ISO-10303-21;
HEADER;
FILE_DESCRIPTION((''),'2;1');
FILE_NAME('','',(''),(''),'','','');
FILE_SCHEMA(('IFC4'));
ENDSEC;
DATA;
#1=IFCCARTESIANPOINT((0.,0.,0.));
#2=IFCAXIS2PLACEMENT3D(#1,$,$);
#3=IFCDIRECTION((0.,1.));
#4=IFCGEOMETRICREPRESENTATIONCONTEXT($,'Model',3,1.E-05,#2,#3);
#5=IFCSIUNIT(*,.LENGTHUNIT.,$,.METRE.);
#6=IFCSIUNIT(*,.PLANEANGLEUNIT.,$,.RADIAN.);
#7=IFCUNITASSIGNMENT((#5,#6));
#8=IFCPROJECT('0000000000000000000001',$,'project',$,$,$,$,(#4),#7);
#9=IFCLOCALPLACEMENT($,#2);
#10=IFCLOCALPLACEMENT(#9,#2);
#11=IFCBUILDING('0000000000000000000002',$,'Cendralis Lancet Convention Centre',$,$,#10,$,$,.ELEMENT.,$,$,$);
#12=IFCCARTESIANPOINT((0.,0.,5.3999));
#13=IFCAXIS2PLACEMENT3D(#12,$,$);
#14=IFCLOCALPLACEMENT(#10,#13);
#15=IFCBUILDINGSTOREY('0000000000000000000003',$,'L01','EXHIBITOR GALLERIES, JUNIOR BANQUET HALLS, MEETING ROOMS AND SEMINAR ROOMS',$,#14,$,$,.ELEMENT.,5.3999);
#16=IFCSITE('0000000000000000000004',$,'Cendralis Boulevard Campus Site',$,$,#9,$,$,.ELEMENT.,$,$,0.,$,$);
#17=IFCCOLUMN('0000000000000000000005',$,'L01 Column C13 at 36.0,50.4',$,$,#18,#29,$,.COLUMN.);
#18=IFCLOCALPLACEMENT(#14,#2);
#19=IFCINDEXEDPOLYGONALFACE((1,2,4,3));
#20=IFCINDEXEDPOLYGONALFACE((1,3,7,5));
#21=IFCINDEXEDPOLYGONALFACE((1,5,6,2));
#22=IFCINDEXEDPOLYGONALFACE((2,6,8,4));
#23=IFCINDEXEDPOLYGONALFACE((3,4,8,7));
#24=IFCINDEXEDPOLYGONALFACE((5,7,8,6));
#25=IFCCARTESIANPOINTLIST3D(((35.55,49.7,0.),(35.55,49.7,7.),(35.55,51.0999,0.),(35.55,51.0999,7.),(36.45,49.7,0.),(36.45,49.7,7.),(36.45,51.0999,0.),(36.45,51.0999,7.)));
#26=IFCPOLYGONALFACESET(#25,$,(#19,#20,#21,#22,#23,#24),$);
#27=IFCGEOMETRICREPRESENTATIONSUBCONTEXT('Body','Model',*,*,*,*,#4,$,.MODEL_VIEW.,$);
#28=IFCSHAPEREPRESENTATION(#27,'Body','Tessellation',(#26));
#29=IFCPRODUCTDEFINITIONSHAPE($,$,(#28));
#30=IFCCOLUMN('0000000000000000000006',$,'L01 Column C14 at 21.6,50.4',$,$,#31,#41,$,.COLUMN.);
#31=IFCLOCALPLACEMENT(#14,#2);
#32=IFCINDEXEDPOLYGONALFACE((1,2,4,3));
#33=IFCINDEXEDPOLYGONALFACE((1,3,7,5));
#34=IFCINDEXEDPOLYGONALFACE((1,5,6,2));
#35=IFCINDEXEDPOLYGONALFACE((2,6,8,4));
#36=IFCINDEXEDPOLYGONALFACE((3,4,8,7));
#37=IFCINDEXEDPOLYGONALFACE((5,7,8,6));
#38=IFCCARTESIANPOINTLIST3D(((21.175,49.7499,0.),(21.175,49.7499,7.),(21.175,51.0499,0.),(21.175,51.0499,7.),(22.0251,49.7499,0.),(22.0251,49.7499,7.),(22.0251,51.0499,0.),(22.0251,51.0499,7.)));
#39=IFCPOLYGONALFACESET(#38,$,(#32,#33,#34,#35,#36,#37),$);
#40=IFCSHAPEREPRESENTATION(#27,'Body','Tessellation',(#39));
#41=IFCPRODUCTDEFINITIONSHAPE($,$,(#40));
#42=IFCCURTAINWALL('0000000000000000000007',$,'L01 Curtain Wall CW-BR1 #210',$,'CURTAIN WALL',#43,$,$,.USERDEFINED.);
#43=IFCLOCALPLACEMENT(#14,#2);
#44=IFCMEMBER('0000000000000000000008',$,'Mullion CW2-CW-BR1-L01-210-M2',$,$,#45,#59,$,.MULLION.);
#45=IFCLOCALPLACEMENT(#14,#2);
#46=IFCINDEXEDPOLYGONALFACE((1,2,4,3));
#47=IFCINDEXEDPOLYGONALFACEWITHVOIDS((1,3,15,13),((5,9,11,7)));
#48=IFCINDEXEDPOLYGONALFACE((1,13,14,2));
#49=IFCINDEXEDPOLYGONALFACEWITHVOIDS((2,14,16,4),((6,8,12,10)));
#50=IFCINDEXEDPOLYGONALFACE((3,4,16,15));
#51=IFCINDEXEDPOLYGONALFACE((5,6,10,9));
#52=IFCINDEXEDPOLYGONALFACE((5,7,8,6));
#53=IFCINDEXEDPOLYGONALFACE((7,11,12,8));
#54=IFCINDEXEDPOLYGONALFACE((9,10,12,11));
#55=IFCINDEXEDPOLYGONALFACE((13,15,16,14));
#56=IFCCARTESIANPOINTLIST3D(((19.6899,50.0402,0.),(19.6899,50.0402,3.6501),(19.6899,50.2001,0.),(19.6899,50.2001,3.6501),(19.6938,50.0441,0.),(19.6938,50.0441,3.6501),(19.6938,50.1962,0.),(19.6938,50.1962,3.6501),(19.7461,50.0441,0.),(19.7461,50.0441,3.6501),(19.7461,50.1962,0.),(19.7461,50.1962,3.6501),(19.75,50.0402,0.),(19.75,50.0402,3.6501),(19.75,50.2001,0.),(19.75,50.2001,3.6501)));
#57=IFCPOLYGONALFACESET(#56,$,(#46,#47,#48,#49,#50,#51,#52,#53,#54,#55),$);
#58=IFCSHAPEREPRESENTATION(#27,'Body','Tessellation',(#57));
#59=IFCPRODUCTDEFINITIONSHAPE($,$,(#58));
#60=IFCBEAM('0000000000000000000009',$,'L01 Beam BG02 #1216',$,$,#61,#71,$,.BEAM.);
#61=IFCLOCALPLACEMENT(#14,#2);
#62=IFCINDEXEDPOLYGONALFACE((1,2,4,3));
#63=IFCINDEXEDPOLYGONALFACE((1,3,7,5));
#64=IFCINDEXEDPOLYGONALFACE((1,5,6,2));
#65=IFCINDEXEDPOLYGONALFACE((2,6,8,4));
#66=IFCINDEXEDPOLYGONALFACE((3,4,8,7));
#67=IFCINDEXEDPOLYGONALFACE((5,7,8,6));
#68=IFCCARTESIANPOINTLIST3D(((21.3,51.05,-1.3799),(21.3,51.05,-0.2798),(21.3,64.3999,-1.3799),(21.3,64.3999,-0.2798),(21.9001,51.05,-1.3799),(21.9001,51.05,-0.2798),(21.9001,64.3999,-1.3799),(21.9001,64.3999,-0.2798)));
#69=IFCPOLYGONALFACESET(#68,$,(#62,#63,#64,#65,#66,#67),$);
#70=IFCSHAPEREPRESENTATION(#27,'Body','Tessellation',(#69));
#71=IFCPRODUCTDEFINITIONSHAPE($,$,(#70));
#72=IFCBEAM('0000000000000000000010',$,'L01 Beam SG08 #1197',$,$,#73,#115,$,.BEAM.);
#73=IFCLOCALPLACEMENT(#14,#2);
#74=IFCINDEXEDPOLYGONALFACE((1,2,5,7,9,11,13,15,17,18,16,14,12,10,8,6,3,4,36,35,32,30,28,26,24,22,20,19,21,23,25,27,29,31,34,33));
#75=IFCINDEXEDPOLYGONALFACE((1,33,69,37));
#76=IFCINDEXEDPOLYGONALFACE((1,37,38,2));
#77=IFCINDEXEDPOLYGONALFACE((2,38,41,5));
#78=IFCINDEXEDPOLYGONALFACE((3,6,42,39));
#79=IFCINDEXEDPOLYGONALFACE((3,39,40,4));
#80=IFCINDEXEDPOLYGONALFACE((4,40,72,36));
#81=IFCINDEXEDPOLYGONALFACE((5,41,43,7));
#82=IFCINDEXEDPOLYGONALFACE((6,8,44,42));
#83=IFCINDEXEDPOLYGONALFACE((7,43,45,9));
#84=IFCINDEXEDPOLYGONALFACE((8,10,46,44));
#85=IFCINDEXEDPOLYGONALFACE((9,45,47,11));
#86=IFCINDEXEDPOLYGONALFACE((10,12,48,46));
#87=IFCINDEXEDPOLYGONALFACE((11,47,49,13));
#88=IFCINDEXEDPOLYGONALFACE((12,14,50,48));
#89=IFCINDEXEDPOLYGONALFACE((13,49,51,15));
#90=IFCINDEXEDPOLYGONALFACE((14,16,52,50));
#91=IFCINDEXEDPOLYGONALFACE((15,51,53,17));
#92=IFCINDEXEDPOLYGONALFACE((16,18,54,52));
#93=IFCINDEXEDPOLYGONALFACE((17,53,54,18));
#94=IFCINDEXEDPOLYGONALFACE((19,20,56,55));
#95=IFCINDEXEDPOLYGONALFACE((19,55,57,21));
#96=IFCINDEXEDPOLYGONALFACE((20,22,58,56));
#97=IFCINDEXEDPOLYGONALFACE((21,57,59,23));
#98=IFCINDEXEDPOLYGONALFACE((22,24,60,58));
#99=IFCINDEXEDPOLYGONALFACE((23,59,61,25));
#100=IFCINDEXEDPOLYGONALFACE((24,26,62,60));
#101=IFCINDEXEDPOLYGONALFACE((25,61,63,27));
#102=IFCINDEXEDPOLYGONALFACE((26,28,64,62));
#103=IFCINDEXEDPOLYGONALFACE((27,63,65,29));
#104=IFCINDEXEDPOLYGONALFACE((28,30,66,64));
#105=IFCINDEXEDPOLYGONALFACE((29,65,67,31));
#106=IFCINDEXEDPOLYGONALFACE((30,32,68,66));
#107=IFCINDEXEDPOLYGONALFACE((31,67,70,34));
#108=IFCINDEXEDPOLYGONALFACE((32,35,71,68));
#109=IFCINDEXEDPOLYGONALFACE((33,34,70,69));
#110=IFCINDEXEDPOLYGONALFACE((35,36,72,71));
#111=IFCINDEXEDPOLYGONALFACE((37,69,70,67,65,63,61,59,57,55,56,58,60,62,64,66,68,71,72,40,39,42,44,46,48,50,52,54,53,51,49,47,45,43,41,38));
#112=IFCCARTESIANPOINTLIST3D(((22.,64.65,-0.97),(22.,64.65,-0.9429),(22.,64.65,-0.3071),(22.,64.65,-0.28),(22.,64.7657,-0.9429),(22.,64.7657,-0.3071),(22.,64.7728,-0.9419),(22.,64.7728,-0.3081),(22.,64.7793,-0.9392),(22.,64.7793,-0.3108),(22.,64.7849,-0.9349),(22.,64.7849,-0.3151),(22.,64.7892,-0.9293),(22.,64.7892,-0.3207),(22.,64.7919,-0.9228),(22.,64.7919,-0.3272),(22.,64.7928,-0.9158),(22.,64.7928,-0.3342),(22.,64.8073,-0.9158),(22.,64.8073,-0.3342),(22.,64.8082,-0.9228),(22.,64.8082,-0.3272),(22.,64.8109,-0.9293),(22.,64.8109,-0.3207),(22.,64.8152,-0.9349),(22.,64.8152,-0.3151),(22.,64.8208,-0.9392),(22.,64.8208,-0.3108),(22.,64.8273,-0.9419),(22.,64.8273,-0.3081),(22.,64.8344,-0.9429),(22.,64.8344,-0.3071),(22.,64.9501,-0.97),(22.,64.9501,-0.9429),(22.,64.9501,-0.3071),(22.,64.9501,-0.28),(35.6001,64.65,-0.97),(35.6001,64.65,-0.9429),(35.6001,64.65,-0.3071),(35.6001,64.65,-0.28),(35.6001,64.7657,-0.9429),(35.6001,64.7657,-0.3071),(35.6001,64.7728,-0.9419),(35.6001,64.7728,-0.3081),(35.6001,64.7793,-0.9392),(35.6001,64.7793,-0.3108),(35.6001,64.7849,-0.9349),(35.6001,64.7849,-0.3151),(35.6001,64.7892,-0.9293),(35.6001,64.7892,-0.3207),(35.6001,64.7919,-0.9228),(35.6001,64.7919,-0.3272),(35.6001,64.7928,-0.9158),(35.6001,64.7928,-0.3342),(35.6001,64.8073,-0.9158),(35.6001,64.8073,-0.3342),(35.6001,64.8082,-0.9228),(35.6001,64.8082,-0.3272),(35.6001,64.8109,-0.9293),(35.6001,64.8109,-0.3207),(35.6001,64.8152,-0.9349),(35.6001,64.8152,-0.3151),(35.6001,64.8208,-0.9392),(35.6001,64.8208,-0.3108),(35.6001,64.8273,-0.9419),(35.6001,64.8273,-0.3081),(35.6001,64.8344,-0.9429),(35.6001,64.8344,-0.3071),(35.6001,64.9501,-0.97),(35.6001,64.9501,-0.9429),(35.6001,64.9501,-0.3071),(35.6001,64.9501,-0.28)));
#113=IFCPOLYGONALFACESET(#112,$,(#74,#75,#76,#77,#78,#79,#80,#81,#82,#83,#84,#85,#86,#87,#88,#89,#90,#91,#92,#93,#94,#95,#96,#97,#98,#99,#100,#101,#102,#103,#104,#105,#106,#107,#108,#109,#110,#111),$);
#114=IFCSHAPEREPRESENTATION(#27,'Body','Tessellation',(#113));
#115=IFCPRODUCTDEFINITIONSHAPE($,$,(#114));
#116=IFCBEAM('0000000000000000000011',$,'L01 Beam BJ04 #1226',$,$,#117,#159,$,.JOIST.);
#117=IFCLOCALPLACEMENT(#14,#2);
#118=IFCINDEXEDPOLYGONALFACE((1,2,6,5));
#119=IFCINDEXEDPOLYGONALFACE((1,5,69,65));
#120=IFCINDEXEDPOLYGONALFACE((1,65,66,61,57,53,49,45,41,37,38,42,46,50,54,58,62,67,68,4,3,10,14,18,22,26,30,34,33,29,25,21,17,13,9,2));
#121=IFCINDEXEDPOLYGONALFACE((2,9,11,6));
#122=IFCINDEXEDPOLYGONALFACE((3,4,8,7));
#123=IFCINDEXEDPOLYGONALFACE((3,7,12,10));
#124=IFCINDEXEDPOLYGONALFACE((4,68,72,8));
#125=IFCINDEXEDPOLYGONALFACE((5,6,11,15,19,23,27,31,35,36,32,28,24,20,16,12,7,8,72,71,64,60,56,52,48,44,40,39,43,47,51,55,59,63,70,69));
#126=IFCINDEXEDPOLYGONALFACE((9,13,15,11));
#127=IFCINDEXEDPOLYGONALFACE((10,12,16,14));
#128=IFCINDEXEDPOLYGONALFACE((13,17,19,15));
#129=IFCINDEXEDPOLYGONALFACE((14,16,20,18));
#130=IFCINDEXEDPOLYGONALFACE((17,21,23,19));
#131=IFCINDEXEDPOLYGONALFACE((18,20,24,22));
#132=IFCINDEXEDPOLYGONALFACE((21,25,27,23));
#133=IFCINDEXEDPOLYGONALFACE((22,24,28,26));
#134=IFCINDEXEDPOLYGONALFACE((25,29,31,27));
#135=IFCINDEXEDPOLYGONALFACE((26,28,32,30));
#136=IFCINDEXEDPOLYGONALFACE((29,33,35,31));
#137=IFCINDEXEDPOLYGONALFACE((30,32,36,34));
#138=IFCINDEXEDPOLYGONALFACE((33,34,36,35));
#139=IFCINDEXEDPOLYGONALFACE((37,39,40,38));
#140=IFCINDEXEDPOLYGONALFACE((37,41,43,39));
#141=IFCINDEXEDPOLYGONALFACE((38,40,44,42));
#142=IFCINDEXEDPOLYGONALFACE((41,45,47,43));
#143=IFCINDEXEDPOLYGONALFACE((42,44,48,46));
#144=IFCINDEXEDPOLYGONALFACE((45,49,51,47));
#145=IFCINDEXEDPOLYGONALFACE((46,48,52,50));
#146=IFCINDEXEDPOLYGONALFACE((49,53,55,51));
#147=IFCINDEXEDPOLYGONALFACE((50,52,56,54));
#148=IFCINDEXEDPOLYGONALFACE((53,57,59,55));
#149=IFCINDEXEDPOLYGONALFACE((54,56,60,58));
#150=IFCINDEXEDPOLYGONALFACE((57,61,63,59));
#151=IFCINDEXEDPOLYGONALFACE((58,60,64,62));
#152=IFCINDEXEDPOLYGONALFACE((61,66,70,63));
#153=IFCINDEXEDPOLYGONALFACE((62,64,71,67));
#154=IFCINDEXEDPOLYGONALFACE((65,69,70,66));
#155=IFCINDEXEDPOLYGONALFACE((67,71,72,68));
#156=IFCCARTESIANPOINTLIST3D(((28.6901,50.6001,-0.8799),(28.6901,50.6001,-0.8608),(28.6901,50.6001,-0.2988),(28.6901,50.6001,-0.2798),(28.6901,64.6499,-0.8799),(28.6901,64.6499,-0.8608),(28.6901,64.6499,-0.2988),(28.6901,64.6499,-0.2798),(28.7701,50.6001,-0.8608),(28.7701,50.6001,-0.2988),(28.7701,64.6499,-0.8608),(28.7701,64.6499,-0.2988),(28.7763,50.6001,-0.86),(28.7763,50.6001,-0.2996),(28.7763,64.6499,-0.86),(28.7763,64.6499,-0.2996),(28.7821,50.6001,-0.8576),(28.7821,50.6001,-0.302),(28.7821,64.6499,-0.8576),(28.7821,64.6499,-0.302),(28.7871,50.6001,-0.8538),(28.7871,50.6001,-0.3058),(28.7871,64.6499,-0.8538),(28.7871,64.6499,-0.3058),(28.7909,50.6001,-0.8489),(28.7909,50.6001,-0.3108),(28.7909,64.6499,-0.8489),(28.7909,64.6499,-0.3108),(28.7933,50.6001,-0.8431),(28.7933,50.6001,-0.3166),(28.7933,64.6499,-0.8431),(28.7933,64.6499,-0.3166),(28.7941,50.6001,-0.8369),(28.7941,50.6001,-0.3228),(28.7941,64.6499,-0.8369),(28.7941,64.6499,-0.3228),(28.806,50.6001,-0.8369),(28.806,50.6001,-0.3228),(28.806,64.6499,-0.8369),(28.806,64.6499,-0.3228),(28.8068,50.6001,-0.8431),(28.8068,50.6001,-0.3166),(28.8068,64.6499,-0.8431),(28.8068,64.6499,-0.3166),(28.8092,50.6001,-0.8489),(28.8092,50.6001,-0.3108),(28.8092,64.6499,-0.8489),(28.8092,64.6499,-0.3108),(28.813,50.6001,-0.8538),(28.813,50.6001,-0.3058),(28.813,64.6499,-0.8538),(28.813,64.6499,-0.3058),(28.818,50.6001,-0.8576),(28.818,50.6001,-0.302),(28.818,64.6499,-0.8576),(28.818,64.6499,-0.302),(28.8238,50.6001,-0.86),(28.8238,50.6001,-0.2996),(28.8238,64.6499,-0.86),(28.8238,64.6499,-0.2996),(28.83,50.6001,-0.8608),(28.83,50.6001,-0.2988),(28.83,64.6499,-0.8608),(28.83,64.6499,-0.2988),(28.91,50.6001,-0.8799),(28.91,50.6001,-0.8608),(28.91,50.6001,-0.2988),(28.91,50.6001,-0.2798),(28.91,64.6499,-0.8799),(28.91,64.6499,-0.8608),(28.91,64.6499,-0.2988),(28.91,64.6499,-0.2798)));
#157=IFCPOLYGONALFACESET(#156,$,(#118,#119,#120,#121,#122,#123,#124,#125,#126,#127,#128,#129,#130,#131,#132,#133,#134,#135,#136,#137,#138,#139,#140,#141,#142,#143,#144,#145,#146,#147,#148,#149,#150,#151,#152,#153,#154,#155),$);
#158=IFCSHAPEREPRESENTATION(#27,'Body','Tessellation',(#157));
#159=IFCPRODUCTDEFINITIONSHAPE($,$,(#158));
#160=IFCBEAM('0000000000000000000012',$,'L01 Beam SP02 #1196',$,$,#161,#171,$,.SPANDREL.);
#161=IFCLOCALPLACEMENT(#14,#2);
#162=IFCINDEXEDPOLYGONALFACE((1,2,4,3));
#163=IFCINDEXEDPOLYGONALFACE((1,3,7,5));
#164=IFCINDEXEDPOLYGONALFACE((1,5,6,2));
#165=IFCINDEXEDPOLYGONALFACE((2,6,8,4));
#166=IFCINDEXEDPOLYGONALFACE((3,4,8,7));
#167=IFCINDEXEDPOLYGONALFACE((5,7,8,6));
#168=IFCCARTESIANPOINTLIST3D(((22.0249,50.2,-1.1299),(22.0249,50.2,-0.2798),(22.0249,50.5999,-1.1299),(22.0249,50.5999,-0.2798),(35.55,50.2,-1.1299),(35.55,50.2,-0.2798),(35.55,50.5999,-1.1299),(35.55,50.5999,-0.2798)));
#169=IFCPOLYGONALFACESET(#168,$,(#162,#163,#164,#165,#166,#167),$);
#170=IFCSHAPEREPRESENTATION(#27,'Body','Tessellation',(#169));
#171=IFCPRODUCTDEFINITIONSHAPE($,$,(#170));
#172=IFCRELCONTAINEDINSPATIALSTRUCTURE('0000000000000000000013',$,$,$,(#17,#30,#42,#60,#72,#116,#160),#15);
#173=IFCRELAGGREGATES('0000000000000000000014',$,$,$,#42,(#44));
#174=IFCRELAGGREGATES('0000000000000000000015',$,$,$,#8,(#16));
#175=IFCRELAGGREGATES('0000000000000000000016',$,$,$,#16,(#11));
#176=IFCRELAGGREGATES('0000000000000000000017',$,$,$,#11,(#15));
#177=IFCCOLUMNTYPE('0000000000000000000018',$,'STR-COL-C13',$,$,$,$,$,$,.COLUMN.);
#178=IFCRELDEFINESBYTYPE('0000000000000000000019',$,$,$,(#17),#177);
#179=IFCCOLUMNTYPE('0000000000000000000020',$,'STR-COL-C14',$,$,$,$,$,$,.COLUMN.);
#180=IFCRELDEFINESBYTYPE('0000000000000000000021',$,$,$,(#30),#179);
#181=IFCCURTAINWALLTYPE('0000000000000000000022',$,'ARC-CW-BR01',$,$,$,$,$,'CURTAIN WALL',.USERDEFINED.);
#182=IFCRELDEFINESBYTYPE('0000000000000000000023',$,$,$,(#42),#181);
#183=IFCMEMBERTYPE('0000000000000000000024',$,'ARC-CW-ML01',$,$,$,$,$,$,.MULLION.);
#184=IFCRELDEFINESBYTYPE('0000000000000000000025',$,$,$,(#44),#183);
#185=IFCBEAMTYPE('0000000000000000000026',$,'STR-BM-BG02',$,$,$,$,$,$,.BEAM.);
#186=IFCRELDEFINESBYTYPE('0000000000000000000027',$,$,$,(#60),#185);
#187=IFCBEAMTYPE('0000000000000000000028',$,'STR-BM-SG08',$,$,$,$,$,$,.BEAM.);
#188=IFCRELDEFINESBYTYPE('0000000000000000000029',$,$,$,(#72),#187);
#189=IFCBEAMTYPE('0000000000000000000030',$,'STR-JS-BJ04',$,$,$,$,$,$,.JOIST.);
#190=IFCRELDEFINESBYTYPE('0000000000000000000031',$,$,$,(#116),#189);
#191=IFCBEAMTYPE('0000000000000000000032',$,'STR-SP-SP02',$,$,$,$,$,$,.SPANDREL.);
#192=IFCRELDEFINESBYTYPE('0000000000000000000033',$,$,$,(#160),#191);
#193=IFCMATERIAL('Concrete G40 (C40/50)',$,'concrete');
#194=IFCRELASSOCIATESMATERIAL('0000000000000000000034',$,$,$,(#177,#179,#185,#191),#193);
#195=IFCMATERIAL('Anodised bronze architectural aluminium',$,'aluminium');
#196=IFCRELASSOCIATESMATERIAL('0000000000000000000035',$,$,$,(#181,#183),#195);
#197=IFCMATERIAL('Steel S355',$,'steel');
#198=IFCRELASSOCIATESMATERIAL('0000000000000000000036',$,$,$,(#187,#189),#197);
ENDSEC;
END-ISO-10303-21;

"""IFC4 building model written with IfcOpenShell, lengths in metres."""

from ifc_helpers import new_model, si_unit, direction, frame, origin, origin_2d, place, context, subcontext, project, spatial, rectangle, hollow_rectangle, i_section, extrude, material, material_profile, profile_set, type_object, element, aggregate, save


model = new_model("IFC4")

# Units and contexts
model_context = context("Model", 3, precision=1e-05, world=origin(), true_north=direction((0.0, 1.0)))
body_context = subcontext(model_context, "Body", "Model", "MODEL_VIEW")
ifc_project = project(units=[si_unit("LENGTHUNIT", "METRE"), si_unit("PLANEANGLEUNIT", "RADIAN")], contexts=[model_context])

# Site, building, storey
site_placement = place(None, origin())
site = spatial("IfcSite", under=ifc_project, at=site_placement, Name="Cendralis Boulevard Campus Site", CompositionType="ELEMENT", RefElevation=0.0)
building_placement = place(site_placement, origin())
building = spatial("IfcBuilding", under=site, at=building_placement, Name="Cendralis Lancet Convention Centre", CompositionType="ELEMENT")
storey_placement = place(building_placement, frame((0.0, 0.0, 5.3999)))
storey = spatial("IfcBuildingStorey", under=building, at=storey_placement, Name="L01", Description="EXHIBITOR GALLERIES, JUNIOR BANQUET HALLS, MEETING ROOMS AND SEMINAR ROOMS", CompositionType="ELEMENT", Elevation=5.3999)

# Columns
ifc_material_1 = material(Name="Concrete G40 (C40/50)", Category="concrete")
ifc_material_profile_1 = material_profile(ifc_material_1, rectangle(XDim=0.8999, YDim=1.3999, at=origin_2d()), Name="RC 900x1400")
ifc_profile_set_1 = profile_set([ifc_material_profile_1], Name="Concrete G40 (C40/50)")
column_type_1 = type_object("IfcColumnType", Name="STR-COL-C13", PredefinedType="COLUMN", material=ifc_profile_set_1)
column_1_placement = place(storey_placement, frame((36.0, 50.3999, 0.0), z_axis=(0.0, 0.0, 1.0), x_axis=(1.0, 0.0, 0.0)))
element("IfcColumn", 1, at=column_1_placement, inside=storey, type_object=column_type_1, Name="L01 Column C13 at 36.0,50.4", PredefinedType="COLUMN", context=body_context, shape_type="SweptSolid", body=[
    extrude(rectangle(XDim=0.8999, YDim=1.3999, at=origin_2d()), origin(), (0.0, 0.0, 1.0), 7.0),
])
ifc_material_profile_2 = material_profile(ifc_material_1, rectangle(XDim=0.8501, YDim=1.3, at=origin_2d()), Name="RC 850x1300")
ifc_profile_set_2 = profile_set([ifc_material_profile_2], Name="Concrete G40 (C40/50)")
column_type_2 = type_object("IfcColumnType", Name="STR-COL-C14", PredefinedType="COLUMN", material=ifc_profile_set_2)
column_2_placement = place(storey_placement, frame((21.6001, 50.3999, 0.0), z_axis=(0.0, 0.0, 1.0), x_axis=(1.0, 0.0, 0.0)))
element("IfcColumn", 2, at=column_2_placement, inside=storey, type_object=column_type_2, Name="L01 Column C14 at 21.6,50.4", PredefinedType="COLUMN", context=body_context, shape_type="SweptSolid", body=[
    extrude(rectangle(XDim=0.8501, YDim=1.3, at=origin_2d()), origin(), (0.0, 0.0, 1.0), 7.0),
])

# Curtain wall, member
ifc_material_2 = material(Name="Anodised bronze architectural aluminium", Category="aluminium")
curtain_wall_type = type_object("IfcCurtainWallType", Name="ARC-CW-BR01", ElementType="CURTAIN WALL", PredefinedType="USERDEFINED", material=ifc_material_2)
curtain_wall_placement = place(storey_placement, origin())
curtain_wall = element("IfcCurtainWall", 3, at=curtain_wall_placement, inside=storey, type_object=curtain_wall_type, Name="L01 Curtain Wall CW-BR1 #210", ObjectType="CURTAIN WALL", PredefinedType="USERDEFINED")
ifc_material_profile_3 = material_profile(ifc_material_2, hollow_rectangle(XDim=0.0601, YDim=0.1599, WallThickness=0.0039, at=origin_2d()), Name="AL-MULL 60x160x4.0")
ifc_profile_set_3 = profile_set([ifc_material_profile_3], Name="Anodised bronze architectural aluminium")
member_type = type_object("IfcMemberType", Name="ARC-CW-ML01", PredefinedType="MULLION", material=ifc_profile_set_3)
member_placement = place(storey_placement, frame((19.72, 50.1201, 0.0), z_axis=(0.0, 0.0, 1.0), x_axis=(1.0, 0.0, 0.0)))
member = element("IfcMember", 4, at=member_placement, type_object=member_type, Name="Mullion CW2-CW-BR1-L01-210-M2", PredefinedType="MULLION", context=body_context, shape_type="SweptSolid", body=[
    extrude(hollow_rectangle(XDim=0.0601, YDim=0.1599, WallThickness=0.0039, at=origin_2d()), origin(), (0.0, 0.0, 1.0), 3.6501),
])
aggregate(curtain_wall, [member])

# Beams
ifc_material_profile_4 = material_profile(ifc_material_1, rectangle(XDim=0.6001, YDim=1.1001, at=origin_2d()), Name="RCB 600x1100")
ifc_profile_set_4 = profile_set([ifc_material_profile_4], Name="Concrete G40 (C40/50)")
beam_type_1 = type_object("IfcBeamType", Name="STR-BM-BG02", PredefinedType="BEAM", material=ifc_profile_set_4)
beam_1_placement = place(storey_placement, frame((21.6001, 51.05, -0.8298), z_axis=(0.0, 1.0, 0.0), x_axis=(-1.0, 0.0, 0.0)))
element("IfcBeam", 5, at=beam_1_placement, inside=storey, type_object=beam_type_1, Name="L01 Beam BG02 #1216", PredefinedType="BEAM", context=body_context, shape_type="SweptSolid", body=[
    extrude(rectangle(XDim=0.6001, YDim=1.1001, at=origin_2d()), origin(), (0.0, 0.0, 1.0), 13.3499),
])
ifc_material_3 = material(Name="Steel S355", Category="steel")
ifc_material_profile_5 = material_profile(ifc_material_3, i_section(OverallWidth=0.3, OverallDepth=0.6899, WebThickness=0.0144, FlangeThickness=0.0271, FilletRadius=0.0271, at=origin_2d()), Name="HEA 700")
ifc_profile_set_5 = profile_set([ifc_material_profile_5], Name="Steel S355")
beam_type_2 = type_object("IfcBeamType", Name="STR-BM-SG08", PredefinedType="BEAM", material=ifc_profile_set_5)
beam_2_placement = place(storey_placement, frame((22.0, 64.8, -0.625), z_axis=(1.0, 0.0, 0.0), x_axis=(0.0, 1.0, 0.0)))
element("IfcBeam", 6, at=beam_2_placement, inside=storey, type_object=beam_type_2, Name="L01 Beam SG08 #1197", PredefinedType="BEAM", context=body_context, shape_type="SweptSolid", body=[
    extrude(i_section(OverallWidth=0.3, OverallDepth=0.6899, WebThickness=0.0144, FlangeThickness=0.0271, FilletRadius=0.0271, at=origin_2d()), origin(), (0.0, 0.0, 1.0), 13.6001),
])
ifc_material_profile_6 = material_profile(ifc_material_3, i_section(OverallWidth=0.22, OverallDepth=0.6001, WebThickness=0.012, FlangeThickness=0.019, FilletRadius=0.0239, at=origin_2d()), Name="IPE 600")
ifc_profile_set_6 = profile_set([ifc_material_profile_6], Name="Steel S355")
beam_type_3 = type_object("IfcBeamType", Name="STR-JS-BJ04", PredefinedType="JOIST", material=ifc_profile_set_6)
beam_3_placement = place(storey_placement, frame((28.8, 50.6001, -0.5798), z_axis=(0.0, 1.0, 0.0), x_axis=(-1.0, 0.0, 0.0)))
element("IfcBeam", 7, at=beam_3_placement, inside=storey, type_object=beam_type_3, Name="L01 Beam BJ04 #1226", PredefinedType="JOIST", context=body_context, shape_type="SweptSolid", body=[
    extrude(i_section(OverallWidth=0.22, OverallDepth=0.6001, WebThickness=0.012, FlangeThickness=0.019, FilletRadius=0.0239, at=origin_2d()), origin(), (0.0, 0.0, 1.0), 14.0498),
])
ifc_material_profile_7 = material_profile(ifc_material_1, rectangle(XDim=0.3999, YDim=0.8501, at=origin_2d()), Name="RCB 400x850")
ifc_profile_set_7 = profile_set([ifc_material_profile_7], Name="Concrete G40 (C40/50)")
beam_type_4 = type_object("IfcBeamType", Name="STR-SP-SP02", PredefinedType="SPANDREL", material=ifc_profile_set_7)
beam_4_placement = place(storey_placement, frame((22.0249, 50.3999, -0.7048), z_axis=(1.0, 0.0, 0.0), x_axis=(0.0, 1.0, 0.0)))
element("IfcBeam", 8, at=beam_4_placement, inside=storey, type_object=beam_type_4, Name="L01 Beam SP02 #1196", PredefinedType="SPANDREL", context=body_context, shape_type="SweptSolid", body=[
    extrude(rectangle(XDim=0.3999, YDim=0.8501, at=origin_2d()), origin(), (0.0, 0.0, 1.0), 13.5251),
])

save(model, "model.ifc")
